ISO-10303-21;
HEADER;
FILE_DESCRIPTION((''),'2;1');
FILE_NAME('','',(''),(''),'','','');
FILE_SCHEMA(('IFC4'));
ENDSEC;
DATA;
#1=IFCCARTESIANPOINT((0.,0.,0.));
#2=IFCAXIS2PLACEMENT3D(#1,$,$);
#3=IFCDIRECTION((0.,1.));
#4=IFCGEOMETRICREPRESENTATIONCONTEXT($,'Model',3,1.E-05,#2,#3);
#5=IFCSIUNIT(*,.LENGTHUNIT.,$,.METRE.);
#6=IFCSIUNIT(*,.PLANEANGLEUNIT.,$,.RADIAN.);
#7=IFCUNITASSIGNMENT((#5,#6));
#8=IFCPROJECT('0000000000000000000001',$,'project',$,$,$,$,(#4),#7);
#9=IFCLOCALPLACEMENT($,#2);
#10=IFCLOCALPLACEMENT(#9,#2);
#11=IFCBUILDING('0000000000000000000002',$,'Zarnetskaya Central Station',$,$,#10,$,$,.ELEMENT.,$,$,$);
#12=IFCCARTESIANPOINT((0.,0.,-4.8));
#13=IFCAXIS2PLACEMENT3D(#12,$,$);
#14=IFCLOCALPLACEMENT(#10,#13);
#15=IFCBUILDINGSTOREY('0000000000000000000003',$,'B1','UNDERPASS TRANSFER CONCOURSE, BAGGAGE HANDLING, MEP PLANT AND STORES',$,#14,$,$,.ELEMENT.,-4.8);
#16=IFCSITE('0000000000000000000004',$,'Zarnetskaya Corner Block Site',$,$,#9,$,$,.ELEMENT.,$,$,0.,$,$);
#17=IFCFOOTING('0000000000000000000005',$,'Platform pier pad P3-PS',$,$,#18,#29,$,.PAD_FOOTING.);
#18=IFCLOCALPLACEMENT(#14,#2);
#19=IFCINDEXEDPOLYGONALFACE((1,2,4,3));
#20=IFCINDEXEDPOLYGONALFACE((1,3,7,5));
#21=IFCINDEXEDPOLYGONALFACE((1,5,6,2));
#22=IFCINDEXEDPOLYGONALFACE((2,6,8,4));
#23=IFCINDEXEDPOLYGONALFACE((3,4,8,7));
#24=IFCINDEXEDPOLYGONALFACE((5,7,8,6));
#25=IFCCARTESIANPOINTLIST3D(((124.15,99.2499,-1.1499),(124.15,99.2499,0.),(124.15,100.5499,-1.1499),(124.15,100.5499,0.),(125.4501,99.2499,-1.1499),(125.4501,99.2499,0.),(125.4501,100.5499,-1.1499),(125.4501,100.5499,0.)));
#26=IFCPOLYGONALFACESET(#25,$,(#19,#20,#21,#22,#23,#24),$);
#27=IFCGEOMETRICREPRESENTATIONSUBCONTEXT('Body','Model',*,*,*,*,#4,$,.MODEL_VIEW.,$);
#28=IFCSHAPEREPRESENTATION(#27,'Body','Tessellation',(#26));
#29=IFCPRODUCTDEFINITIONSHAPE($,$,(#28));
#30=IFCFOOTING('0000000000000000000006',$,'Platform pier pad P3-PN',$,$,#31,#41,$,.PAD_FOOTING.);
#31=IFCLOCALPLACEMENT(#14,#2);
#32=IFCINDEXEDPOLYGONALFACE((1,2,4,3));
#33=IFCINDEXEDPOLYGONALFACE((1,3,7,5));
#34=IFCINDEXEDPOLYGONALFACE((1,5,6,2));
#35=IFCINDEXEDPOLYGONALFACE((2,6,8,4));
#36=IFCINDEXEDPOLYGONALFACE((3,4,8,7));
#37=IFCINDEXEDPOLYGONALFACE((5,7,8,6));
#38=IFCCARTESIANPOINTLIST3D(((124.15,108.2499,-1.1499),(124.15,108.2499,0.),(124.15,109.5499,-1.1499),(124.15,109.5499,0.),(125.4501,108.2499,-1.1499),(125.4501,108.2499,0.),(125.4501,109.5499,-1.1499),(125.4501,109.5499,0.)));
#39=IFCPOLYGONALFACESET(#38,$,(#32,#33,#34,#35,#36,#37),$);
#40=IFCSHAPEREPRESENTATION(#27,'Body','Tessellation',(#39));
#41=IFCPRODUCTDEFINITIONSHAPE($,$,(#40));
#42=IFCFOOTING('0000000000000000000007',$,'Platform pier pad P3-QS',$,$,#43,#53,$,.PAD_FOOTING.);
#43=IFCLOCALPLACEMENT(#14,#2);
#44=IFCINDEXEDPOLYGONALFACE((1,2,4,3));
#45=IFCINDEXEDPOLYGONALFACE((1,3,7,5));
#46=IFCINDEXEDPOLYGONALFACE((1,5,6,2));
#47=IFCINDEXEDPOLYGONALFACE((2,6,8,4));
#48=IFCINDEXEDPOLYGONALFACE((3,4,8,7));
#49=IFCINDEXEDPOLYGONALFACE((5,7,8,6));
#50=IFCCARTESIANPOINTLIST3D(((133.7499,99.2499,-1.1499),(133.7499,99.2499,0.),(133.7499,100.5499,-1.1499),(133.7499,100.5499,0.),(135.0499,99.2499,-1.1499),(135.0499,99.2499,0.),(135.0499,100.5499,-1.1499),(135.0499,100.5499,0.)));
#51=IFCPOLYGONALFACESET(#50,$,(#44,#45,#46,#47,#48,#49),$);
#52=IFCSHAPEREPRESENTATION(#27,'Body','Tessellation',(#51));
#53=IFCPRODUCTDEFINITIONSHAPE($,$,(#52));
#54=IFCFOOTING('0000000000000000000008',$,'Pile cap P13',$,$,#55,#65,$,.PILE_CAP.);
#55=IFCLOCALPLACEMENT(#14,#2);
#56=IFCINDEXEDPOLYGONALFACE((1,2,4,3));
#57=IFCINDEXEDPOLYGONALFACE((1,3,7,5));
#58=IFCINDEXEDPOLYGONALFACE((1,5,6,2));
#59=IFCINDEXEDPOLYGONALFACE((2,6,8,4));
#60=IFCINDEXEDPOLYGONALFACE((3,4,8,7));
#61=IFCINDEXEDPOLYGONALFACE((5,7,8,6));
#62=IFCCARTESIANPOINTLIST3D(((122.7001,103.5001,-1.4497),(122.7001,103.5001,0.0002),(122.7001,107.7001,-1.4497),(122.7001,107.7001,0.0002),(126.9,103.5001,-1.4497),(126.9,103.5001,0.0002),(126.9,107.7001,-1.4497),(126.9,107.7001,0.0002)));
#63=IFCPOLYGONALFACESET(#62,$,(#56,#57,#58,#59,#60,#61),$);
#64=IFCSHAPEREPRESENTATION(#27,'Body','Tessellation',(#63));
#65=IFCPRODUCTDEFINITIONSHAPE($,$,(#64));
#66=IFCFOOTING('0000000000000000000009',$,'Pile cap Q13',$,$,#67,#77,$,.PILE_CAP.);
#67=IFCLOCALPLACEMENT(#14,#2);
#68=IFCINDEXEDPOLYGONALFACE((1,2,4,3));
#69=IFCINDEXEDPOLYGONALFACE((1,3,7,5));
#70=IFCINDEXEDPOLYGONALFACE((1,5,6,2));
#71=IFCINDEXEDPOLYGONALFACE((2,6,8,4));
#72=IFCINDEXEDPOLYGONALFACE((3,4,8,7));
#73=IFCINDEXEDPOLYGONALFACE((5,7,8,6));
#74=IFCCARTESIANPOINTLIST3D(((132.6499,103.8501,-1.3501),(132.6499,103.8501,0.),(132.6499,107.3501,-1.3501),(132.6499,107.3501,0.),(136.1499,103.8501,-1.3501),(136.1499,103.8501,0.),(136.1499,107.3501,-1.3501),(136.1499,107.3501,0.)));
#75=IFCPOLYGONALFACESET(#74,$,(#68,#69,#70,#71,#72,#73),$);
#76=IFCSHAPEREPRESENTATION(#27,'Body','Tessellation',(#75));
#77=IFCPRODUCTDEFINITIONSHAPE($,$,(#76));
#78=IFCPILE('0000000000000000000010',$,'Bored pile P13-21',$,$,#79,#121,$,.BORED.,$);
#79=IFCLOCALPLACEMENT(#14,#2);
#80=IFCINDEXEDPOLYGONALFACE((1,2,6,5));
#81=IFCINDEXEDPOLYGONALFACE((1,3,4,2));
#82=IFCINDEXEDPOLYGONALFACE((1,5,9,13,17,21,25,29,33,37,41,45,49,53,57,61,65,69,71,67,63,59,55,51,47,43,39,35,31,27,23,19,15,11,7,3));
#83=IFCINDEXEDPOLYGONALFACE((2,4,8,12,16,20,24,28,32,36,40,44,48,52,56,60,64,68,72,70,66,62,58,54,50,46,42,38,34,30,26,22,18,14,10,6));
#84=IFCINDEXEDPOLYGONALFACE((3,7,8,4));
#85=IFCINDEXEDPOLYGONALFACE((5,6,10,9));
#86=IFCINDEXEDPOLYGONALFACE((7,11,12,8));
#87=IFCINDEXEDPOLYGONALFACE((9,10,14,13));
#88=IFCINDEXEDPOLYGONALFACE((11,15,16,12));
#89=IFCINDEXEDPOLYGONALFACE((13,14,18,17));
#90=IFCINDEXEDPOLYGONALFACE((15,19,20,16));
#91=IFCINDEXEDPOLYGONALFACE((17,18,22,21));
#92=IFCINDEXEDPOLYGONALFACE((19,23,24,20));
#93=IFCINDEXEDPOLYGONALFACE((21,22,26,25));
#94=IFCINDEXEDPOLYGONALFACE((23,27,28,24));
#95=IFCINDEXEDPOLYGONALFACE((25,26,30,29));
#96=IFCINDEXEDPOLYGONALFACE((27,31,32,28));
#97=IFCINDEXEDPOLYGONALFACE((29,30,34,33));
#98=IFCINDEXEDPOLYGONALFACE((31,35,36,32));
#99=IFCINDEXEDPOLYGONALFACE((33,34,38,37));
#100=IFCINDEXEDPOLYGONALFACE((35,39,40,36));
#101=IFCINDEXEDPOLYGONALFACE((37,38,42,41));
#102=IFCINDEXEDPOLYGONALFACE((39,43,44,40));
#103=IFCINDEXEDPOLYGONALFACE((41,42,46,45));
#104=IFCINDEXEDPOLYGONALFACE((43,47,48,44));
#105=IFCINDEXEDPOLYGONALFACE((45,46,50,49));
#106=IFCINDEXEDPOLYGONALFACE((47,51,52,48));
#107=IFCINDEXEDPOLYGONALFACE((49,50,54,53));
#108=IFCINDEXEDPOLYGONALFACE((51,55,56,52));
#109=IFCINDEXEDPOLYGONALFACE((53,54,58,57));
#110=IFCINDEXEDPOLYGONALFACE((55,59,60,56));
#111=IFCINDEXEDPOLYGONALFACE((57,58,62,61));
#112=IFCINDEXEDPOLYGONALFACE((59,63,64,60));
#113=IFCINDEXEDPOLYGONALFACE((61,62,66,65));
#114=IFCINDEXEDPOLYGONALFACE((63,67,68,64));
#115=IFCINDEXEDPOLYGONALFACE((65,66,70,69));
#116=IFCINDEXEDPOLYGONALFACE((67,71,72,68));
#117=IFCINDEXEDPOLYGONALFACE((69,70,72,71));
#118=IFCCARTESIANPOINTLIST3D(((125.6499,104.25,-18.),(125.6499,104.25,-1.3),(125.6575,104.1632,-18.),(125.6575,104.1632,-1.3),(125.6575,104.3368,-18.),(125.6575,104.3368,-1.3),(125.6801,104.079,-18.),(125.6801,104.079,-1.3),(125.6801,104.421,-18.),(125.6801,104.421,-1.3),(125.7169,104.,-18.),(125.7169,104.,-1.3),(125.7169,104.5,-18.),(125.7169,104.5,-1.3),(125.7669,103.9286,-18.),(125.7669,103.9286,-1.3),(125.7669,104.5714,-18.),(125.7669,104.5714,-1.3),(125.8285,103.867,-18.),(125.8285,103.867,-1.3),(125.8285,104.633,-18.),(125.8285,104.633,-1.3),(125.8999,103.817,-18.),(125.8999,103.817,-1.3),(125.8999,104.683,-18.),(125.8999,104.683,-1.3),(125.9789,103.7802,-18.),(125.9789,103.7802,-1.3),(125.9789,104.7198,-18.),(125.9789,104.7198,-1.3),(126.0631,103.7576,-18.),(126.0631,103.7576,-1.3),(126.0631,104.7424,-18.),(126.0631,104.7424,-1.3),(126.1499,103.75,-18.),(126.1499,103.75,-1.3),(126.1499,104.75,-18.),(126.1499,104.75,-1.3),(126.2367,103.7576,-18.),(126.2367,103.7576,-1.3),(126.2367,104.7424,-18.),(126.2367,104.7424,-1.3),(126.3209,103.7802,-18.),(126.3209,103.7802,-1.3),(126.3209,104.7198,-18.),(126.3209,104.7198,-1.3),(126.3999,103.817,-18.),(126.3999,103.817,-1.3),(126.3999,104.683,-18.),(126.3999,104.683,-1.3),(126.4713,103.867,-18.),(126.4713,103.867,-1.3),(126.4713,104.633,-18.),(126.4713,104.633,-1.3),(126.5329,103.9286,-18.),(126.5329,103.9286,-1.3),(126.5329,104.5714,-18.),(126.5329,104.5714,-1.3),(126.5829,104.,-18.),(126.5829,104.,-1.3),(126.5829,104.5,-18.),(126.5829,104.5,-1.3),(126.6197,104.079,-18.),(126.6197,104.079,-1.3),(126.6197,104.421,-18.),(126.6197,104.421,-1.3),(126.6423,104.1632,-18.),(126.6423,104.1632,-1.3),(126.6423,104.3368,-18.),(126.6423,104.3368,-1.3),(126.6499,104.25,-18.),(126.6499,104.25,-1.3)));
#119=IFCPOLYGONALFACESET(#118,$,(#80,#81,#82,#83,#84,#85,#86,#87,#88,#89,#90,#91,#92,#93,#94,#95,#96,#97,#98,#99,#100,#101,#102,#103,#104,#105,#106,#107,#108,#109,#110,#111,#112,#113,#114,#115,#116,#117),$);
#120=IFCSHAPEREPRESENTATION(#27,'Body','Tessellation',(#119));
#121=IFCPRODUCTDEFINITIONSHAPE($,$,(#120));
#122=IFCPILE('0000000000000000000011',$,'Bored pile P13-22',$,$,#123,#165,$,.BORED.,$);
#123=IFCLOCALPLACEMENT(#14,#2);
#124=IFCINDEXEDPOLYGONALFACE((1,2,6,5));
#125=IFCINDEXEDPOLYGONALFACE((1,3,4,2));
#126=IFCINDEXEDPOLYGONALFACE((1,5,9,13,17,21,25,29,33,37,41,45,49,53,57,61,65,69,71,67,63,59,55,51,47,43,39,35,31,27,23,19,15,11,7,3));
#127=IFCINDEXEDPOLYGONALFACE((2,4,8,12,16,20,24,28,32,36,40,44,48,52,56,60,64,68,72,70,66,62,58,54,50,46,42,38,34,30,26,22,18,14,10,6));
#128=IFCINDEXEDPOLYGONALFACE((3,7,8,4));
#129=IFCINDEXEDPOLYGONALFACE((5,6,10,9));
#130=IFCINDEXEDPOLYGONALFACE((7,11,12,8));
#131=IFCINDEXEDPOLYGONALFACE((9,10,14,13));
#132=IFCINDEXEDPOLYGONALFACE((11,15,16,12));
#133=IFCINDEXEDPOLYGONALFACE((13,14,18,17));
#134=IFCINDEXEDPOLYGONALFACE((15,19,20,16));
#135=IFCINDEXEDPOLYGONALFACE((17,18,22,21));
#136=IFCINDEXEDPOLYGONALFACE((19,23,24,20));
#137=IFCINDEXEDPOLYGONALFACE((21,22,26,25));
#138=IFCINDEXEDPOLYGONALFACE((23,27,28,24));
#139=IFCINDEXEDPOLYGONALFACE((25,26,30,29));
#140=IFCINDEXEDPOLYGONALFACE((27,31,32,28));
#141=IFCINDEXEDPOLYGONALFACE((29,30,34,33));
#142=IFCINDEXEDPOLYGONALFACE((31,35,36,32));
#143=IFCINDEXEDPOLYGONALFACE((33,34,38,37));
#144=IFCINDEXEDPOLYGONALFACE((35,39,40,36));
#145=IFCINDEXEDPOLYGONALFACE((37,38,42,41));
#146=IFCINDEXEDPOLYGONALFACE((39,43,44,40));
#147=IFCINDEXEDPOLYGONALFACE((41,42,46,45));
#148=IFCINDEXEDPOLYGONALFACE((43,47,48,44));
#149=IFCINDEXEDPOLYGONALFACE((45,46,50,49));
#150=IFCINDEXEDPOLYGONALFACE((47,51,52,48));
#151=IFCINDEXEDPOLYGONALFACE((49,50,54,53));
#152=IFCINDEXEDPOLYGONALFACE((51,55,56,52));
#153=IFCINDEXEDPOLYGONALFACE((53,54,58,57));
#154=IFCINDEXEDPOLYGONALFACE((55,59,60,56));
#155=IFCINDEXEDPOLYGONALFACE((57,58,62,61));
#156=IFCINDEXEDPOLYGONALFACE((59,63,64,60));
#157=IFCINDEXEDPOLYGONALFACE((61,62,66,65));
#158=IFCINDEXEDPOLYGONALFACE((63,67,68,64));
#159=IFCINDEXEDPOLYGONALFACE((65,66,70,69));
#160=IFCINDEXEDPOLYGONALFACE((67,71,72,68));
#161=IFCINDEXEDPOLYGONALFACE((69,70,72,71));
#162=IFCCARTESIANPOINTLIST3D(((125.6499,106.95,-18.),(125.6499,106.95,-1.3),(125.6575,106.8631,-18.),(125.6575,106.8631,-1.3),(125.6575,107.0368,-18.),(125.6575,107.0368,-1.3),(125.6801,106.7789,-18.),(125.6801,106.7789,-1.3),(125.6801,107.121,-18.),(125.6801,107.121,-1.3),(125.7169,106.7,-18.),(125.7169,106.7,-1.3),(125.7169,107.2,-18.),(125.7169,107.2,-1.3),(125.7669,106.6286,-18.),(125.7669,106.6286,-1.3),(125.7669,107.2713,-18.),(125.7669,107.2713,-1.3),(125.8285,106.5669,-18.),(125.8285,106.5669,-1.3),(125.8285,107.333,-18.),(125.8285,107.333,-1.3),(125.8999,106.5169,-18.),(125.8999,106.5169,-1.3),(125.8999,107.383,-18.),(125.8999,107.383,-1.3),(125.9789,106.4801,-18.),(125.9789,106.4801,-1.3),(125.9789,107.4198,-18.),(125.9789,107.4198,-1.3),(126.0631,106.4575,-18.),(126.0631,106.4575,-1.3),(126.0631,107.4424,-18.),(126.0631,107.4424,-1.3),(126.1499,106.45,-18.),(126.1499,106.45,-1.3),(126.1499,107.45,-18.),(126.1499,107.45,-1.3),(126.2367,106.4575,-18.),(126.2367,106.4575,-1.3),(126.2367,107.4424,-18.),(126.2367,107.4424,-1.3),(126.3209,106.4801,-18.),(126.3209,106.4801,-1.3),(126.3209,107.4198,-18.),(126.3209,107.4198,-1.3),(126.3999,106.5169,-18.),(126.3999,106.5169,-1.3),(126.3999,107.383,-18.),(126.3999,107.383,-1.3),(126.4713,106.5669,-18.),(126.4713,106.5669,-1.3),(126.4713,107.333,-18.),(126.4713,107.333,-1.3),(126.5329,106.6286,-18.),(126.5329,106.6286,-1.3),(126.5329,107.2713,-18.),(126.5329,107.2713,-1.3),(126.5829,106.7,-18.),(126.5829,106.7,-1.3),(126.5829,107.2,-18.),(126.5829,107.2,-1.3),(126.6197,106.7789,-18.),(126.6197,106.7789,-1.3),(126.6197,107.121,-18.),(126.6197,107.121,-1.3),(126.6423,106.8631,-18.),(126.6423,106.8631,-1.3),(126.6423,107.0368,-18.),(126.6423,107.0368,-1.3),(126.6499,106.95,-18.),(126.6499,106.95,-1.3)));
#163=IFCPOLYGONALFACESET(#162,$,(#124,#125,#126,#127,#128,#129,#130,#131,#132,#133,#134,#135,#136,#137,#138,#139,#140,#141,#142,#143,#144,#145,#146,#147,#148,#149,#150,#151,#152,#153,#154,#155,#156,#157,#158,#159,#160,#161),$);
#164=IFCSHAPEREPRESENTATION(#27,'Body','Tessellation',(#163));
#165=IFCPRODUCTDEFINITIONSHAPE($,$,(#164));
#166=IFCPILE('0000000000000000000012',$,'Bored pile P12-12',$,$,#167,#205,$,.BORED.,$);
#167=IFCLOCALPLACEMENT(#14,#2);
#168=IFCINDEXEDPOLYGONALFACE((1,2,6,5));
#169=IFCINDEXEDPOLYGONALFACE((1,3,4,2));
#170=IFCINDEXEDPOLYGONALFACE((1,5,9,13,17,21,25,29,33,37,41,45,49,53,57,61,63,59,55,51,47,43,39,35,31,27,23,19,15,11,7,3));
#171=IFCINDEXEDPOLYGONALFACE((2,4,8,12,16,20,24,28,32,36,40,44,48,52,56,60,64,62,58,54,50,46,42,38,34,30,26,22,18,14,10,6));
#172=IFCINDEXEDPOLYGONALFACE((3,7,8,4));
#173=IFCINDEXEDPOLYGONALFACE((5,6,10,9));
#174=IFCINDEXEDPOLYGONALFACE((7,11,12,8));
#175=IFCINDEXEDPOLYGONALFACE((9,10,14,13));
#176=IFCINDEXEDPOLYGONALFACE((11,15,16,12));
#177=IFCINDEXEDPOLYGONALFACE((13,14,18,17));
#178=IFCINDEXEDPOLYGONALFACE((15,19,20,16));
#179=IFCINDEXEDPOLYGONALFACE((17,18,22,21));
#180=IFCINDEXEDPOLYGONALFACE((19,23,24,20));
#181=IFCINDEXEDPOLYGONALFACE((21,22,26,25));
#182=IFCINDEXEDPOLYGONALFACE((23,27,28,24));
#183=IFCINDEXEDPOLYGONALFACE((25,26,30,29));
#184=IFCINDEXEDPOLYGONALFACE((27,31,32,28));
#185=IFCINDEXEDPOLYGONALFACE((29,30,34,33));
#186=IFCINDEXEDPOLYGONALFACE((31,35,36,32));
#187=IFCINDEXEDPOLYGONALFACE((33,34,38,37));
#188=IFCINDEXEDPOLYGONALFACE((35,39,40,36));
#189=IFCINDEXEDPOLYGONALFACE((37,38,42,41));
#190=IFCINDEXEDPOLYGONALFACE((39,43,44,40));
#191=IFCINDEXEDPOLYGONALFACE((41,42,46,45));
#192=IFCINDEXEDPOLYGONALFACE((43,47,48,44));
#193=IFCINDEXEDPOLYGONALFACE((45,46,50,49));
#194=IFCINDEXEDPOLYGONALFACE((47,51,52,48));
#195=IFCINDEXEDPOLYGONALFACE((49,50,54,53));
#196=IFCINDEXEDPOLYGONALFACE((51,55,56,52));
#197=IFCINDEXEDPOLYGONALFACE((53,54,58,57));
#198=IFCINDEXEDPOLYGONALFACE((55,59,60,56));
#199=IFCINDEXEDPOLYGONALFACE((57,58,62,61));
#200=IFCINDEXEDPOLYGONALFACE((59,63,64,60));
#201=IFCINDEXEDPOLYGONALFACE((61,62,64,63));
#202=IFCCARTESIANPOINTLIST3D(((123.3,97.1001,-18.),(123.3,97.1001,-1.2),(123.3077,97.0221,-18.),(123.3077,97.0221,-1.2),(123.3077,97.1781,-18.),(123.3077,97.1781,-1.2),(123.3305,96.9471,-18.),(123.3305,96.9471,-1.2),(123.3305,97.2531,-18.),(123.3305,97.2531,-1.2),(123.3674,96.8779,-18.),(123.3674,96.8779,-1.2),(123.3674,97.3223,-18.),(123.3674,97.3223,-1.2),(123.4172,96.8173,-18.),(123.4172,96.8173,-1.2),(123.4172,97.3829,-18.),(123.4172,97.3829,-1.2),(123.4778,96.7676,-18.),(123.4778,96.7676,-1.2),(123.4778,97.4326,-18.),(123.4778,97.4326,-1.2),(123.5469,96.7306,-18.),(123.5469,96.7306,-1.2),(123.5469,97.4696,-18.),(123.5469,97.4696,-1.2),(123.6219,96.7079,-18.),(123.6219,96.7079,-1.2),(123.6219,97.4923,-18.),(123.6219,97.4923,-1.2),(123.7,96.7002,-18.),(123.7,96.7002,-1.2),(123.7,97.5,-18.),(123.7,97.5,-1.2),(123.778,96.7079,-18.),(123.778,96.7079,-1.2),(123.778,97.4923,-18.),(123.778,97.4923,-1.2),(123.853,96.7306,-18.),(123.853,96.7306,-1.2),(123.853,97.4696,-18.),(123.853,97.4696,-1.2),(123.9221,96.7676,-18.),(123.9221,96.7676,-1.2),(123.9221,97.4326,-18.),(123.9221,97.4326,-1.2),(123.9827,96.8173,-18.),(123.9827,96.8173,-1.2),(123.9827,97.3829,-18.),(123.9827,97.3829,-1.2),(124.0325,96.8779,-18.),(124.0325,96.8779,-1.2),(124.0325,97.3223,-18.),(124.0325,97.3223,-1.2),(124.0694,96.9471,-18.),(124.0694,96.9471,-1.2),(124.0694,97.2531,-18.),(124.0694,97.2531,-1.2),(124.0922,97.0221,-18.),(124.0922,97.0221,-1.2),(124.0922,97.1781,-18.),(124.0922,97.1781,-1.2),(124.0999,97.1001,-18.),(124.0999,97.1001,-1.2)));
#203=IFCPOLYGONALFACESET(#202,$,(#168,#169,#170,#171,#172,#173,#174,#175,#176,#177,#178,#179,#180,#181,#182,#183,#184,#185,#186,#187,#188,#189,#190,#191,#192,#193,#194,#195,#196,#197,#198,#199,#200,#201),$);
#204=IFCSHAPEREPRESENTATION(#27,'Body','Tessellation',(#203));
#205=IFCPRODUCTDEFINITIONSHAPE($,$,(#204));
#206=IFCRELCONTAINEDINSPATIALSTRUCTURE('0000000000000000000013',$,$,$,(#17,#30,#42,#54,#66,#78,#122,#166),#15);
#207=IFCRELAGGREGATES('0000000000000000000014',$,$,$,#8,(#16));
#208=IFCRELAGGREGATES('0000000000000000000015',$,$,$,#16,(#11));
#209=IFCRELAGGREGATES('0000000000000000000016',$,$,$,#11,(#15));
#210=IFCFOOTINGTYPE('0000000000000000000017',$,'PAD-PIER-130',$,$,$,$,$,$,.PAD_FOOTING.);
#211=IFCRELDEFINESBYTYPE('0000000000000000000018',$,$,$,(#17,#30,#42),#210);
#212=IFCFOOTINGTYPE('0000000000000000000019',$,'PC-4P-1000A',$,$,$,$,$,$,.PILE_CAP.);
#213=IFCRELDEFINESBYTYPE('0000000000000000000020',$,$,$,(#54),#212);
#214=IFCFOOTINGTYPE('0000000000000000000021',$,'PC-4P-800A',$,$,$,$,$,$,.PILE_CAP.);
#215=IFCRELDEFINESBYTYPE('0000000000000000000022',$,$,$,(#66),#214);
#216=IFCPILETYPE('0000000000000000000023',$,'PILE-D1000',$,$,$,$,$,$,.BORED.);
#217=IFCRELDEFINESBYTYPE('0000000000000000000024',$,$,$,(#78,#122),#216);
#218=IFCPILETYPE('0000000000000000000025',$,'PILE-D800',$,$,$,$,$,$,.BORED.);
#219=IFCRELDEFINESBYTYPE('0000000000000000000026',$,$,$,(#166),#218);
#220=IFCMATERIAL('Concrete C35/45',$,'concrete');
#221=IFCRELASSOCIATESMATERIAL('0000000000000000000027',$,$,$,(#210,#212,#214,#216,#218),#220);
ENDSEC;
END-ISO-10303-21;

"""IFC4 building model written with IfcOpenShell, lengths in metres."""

from ifc_helpers import new_model, si_unit, direction, frame, origin, origin_2d, place, context, subcontext, project, spatial, rectangle, circle, extrude, material, material_profile, profile_set, type_object, element, save


model = new_model("IFC4")

# Units and contexts
model_context = context("Model", 3, precision=1e-05, world=origin(), true_north=direction((0.0, 1.0)))
body_context = subcontext(model_context, "Body", "Model", "MODEL_VIEW")
ifc_project = project(units=[si_unit("LENGTHUNIT", "METRE"), si_unit("PLANEANGLEUNIT", "RADIAN")], contexts=[model_context])

# Site, building, storey
site_placement = place(None, origin())
site = spatial("IfcSite", under=ifc_project, at=site_placement, Name="Zarnetskaya Corner Block Site", CompositionType="ELEMENT", RefElevation=0.0)
building_placement = place(site_placement, origin())
building = spatial("IfcBuilding", under=site, at=building_placement, Name="Zarnetskaya Central Station", CompositionType="ELEMENT")
storey_placement = place(building_placement, frame((0.0, 0.0, -4.8)))
storey = spatial("IfcBuildingStorey", under=building, at=storey_placement, Name="B1", Description="UNDERPASS TRANSFER CONCOURSE, BAGGAGE HANDLING, MEP PLANT AND STORES", CompositionType="ELEMENT", Elevation=-4.8)

# Footings
ifc_material = material(Name="Concrete C35/45", Category="concrete")
footing_type_1 = type_object("IfcFootingType", Name="PAD-PIER-130", PredefinedType="PAD_FOOTING", material=ifc_material)
for number, where, z_axis, x_axis, name in (
    (1, (124.8, 99.8999, -1.1499), (0.0, 0.0, 1.0), (1.0, 0.0, 0.0), "Platform pier pad P3-PS"),
    (2, (124.8, 108.8999, -1.1499), (0.0, 0.0, 1.0), (1.0, 0.0, 0.0), "Platform pier pad P3-PN"),
    (3, (134.3999, 99.8999, -1.1499), (0.0, 0.0, 1.0), (1.0, 0.0, 0.0), "Platform pier pad P3-QS"),
):
    element("IfcFooting", number, at=place(storey_placement, frame(where, z_axis=z_axis, x_axis=x_axis)), inside=storey, type_object=footing_type_1, Name=name, PredefinedType="PAD_FOOTING", context=body_context, shape_type="SweptSolid", body=[
        extrude(rectangle(XDim=1.3, YDim=1.3, at=origin_2d()), origin(), (0.0, 0.0, 1.0), 1.1499),
    ])
footing_type_2 = type_object("IfcFootingType", Name="PC-4P-1000A", PredefinedType="PILE_CAP", material=ifc_material)
footing_1_placement = place(storey_placement, frame((124.8, 105.6001, -1.4497), z_axis=(0.0, 0.0, 1.0), x_axis=(1.0, 0.0, 0.0)))
element("IfcFooting", 4, at=footing_1_placement, inside=storey, type_object=footing_type_2, Name="Pile cap P13", PredefinedType="PILE_CAP", context=body_context, shape_type="SweptSolid", body=[
    extrude(rectangle(XDim=4.2, YDim=4.2, at=origin_2d()), origin(), (0.0, 0.0, 1.0), 1.45),
])
footing_type_3 = type_object("IfcFootingType", Name="PC-4P-800A", PredefinedType="PILE_CAP", material=ifc_material)
footing_2_placement = place(storey_placement, frame((134.3999, 105.6001, -1.3501), z_axis=(0.0, 0.0, 1.0), x_axis=(1.0, 0.0, 0.0)))
element("IfcFooting", 5, at=footing_2_placement, inside=storey, type_object=footing_type_3, Name="Pile cap Q13", PredefinedType="PILE_CAP", context=body_context, shape_type="SweptSolid", body=[
    extrude(rectangle(XDim=3.5, YDim=3.5, at=origin_2d()), origin(), (0.0, 0.0, 1.0), 1.3501),
])

# Piles
ifc_material_profile_1 = material_profile(ifc_material, circle(Radius=0.5, at=origin_2d()), Name="BORED PILE D1000")
ifc_profile_set_1 = profile_set([ifc_material_profile_1], Name="Concrete C35/45")
pile_type_1 = type_object("IfcPileType", Name="PILE-D1000", PredefinedType="BORED", material=ifc_profile_set_1)
for number, where, z_axis, x_axis, name in (
    (6, (126.1499, 104.25, -1.3), (0.0, 0.0, -1.0), (1.0, 0.0, 0.0), "Bored pile P13-21"),
    (7, (126.1499, 106.95, -1.3), (0.0, 0.0, -1.0), (1.0, 0.0, 0.0), "Bored pile P13-22"),
):
    element("IfcPile", number, at=place(storey_placement, frame(where, z_axis=z_axis, x_axis=x_axis)), inside=storey, type_object=pile_type_1, Name=name, PredefinedType="BORED", context=body_context, shape_type="SweptSolid", body=[
        extrude(circle(Radius=0.5, at=origin_2d()), origin(), (0.0, 0.0, 1.0), 16.7),
    ])
ifc_material_profile_2 = material_profile(ifc_material, circle(Radius=0.3999, at=origin_2d()), Name="BORED PILE D800")
ifc_profile_set_2 = profile_set([ifc_material_profile_2], Name="Concrete C35/45")
pile_type_2 = type_object("IfcPileType", Name="PILE-D800", PredefinedType="BORED", material=ifc_profile_set_2)
for number, where, z_axis, x_axis, name in (
    (8, (123.7, 97.1001, -1.2), (0.0, 0.0, -1.0), (1.0, 0.0, 0.0), "Bored pile P12-12"),
):
    element("IfcPile", number, at=place(storey_placement, frame(where, z_axis=z_axis, x_axis=x_axis)), inside=storey, type_object=pile_type_2, Name=name, PredefinedType="BORED", context=body_context, shape_type="SweptSolid", body=[
        extrude(circle(Radius=0.3999, at=origin_2d()), origin(), (0.0, 0.0, 1.0), 16.8),
    ])

save(model, "model.ifc")
